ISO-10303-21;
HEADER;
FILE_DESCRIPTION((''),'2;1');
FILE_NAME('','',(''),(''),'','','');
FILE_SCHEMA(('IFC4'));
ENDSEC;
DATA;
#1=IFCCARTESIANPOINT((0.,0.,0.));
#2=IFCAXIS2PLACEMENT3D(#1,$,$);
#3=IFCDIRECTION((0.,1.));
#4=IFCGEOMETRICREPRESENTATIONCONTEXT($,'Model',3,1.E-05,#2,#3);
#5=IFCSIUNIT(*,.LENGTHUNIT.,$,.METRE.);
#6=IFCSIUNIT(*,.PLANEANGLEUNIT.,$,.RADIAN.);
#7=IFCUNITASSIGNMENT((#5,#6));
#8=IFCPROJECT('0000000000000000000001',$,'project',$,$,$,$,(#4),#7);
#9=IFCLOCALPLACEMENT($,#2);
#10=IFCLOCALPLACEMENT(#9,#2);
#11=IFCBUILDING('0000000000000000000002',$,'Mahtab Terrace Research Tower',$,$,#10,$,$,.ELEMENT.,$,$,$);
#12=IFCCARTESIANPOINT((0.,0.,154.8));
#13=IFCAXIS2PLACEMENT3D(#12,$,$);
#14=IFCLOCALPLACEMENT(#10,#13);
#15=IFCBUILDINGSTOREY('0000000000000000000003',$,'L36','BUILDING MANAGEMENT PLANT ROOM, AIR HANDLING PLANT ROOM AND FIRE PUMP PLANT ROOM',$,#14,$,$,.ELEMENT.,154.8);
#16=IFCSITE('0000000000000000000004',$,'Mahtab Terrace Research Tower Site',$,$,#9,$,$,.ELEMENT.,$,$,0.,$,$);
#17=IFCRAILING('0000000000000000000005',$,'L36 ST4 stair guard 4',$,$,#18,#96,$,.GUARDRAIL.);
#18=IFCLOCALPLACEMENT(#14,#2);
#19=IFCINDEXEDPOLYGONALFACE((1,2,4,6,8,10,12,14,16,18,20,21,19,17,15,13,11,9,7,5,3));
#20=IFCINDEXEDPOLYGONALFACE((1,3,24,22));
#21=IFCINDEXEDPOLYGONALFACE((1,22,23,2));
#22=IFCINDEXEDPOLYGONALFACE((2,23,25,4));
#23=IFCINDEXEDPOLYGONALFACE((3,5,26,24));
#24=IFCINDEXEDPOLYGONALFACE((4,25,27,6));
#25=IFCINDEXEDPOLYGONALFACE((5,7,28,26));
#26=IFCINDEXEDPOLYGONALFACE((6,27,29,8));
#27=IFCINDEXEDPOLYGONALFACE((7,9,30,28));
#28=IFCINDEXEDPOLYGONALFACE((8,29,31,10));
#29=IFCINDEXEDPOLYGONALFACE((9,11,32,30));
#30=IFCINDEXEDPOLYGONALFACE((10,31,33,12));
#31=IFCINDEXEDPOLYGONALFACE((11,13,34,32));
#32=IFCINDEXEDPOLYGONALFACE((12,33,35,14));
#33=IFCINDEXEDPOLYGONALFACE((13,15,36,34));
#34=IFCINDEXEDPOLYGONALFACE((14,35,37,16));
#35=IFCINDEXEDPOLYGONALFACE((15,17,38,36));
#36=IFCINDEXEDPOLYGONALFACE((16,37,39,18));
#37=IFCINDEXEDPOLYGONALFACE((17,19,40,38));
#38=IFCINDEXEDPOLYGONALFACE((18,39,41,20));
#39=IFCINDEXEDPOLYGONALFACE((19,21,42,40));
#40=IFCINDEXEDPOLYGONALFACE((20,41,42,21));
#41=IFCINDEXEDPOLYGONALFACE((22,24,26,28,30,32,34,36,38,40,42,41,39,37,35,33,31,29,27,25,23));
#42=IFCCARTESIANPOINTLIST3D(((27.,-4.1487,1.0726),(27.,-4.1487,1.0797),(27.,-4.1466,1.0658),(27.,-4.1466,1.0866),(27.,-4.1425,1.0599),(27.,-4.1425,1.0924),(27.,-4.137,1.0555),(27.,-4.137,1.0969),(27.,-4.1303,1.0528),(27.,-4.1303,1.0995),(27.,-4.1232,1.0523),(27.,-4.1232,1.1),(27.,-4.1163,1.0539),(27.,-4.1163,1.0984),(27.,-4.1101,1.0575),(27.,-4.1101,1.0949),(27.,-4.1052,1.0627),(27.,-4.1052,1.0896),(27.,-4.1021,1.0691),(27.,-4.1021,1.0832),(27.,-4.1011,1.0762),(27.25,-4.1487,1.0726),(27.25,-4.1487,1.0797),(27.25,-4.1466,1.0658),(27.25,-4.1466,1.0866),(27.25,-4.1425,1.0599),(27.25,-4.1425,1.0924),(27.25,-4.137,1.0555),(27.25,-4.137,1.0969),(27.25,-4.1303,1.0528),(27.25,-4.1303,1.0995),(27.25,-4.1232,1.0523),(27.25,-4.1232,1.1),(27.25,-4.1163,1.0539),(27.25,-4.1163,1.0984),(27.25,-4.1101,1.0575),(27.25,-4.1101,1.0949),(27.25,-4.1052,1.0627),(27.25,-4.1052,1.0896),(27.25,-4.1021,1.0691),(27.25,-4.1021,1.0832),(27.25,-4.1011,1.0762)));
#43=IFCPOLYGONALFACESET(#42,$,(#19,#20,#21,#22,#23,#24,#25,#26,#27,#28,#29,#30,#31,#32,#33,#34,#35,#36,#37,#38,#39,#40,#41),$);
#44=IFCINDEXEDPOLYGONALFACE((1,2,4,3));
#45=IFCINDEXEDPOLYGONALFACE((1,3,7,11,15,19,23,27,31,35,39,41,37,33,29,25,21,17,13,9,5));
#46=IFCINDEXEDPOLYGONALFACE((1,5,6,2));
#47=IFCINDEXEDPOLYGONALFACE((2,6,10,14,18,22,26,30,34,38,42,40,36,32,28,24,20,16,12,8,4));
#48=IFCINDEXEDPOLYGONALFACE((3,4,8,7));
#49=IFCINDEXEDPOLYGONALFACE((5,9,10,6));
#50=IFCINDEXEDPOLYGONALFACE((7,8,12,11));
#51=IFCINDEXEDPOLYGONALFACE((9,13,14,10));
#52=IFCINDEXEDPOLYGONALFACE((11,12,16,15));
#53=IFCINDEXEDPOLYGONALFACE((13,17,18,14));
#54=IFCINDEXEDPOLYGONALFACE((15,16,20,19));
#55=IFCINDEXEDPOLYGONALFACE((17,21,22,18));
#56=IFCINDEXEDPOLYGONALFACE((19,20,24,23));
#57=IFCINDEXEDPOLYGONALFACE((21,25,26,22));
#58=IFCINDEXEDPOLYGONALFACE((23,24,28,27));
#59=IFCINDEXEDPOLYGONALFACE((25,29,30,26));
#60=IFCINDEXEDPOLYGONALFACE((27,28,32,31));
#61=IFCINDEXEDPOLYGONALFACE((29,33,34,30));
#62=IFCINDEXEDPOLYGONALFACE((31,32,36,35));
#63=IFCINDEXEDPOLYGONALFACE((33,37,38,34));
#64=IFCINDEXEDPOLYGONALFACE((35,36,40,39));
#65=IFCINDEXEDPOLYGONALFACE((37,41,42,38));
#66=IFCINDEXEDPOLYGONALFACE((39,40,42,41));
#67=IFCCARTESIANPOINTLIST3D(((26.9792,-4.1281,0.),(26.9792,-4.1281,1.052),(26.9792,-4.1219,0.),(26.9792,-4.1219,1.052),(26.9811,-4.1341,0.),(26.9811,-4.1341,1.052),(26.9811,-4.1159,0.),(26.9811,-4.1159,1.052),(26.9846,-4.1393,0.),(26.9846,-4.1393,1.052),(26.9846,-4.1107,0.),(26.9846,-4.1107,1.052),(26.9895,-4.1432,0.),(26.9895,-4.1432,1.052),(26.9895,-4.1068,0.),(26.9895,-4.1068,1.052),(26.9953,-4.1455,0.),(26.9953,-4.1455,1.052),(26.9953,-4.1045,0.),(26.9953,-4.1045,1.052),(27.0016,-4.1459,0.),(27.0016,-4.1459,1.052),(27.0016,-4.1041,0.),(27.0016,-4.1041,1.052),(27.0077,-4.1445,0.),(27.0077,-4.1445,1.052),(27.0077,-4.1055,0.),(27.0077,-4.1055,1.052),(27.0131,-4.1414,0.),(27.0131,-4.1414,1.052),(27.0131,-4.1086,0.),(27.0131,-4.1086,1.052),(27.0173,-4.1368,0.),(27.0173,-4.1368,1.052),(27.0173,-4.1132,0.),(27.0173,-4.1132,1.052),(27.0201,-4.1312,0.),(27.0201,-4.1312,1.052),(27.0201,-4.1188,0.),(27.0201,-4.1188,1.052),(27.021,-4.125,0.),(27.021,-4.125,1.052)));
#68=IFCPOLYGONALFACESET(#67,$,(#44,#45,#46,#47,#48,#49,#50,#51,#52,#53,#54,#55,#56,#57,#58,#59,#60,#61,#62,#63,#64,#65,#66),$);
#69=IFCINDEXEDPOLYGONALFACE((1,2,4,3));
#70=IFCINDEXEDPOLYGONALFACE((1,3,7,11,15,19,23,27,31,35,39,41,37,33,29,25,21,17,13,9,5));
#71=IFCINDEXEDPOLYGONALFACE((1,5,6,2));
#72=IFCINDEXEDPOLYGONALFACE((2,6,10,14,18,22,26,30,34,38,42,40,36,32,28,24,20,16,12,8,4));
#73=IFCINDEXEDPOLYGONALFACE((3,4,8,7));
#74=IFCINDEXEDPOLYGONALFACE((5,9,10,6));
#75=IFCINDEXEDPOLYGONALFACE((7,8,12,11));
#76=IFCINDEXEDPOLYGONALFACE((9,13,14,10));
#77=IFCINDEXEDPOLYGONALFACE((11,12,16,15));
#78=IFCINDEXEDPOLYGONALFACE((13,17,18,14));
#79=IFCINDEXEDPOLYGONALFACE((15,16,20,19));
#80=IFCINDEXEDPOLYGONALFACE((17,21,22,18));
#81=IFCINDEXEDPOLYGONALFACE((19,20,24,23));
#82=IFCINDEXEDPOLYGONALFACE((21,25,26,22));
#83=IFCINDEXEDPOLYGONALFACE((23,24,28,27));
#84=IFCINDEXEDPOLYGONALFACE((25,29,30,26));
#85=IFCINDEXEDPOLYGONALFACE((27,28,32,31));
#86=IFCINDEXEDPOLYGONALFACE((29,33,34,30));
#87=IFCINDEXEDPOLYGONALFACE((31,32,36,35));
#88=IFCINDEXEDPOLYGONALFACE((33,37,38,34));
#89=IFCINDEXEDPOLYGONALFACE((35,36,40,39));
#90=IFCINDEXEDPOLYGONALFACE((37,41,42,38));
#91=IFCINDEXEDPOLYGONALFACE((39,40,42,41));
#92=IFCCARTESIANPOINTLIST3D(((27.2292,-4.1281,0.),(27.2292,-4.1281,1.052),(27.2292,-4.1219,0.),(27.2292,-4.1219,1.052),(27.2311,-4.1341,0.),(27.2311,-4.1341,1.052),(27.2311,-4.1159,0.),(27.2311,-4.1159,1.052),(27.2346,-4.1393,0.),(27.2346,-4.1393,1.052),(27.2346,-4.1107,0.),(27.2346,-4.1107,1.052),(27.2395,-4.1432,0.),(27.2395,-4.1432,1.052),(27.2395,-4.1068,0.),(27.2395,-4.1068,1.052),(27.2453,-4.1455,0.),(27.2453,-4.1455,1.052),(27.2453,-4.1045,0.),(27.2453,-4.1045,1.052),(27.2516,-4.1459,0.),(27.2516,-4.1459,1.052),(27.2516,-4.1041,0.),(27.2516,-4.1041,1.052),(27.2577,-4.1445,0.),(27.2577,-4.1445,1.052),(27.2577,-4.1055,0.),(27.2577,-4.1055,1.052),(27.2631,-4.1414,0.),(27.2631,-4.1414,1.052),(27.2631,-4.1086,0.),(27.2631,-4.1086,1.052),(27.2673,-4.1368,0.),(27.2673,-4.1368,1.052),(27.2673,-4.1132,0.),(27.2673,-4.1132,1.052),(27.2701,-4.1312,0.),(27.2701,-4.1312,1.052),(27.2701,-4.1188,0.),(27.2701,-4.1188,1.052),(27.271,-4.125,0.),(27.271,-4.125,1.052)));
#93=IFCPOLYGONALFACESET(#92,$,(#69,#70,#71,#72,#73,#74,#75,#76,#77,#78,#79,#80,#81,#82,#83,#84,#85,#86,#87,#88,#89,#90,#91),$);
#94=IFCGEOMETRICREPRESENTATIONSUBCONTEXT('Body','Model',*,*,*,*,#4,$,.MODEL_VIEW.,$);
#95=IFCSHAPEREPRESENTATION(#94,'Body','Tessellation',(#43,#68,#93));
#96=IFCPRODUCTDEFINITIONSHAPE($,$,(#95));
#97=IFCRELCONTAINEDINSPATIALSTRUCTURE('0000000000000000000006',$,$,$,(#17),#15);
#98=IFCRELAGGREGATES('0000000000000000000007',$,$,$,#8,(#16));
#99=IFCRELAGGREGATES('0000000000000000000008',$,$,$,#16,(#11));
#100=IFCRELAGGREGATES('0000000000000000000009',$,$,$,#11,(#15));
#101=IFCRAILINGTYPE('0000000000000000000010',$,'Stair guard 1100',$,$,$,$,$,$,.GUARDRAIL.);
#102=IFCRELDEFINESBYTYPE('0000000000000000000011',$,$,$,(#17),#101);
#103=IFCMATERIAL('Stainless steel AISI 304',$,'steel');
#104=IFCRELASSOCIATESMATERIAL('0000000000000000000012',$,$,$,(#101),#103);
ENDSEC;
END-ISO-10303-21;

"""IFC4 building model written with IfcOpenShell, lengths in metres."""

from ifc_helpers import new_model, si_unit, direction, frame, origin, origin_2d, place, context, subcontext, project, spatial, circle, extrude, material, type_object, element, save


model = new_model("IFC4")

# Units and contexts
model_context = context("Model", 3, precision=1e-05, world=origin(), true_north=direction((0.0, 1.0)))
body_context = subcontext(model_context, "Body", "Model", "MODEL_VIEW")
ifc_project = project(units=[si_unit("LENGTHUNIT", "METRE"), si_unit("PLANEANGLEUNIT", "RADIAN")], contexts=[model_context])

# Site, building, storey
site_placement = place(None, origin())
site = spatial("IfcSite", under=ifc_project, at=site_placement, Name="Mahtab Terrace Research Tower Site", CompositionType="ELEMENT", RefElevation=0.0)
building_placement = place(site_placement, origin())
building = spatial("IfcBuilding", under=site, at=building_placement, Name="Mahtab Terrace Research Tower", CompositionType="ELEMENT")
storey_placement = place(building_placement, frame((0.0, 0.0, 154.8)))
storey = spatial("IfcBuildingStorey", under=building, at=storey_placement, Name="L36", Description="BUILDING MANAGEMENT PLANT ROOM, AIR HANDLING PLANT ROOM AND FIRE PUMP PLANT ROOM", CompositionType="ELEMENT", Elevation=154.8)

# Railing
ifc_material_1 = material(Name="Stainless steel AISI 304", Category="steel")
railing_type_1 = type_object("IfcRailingType", Name="Stair guard 1100", PredefinedType="GUARDRAIL", material=ifc_material_1)
railing_1_placement = place(storey_placement, frame((27.0, -4.125, 0.0)))
element("IfcRailing", 1, at=railing_1_placement, inside=storey, type_object=railing_type_1, Name="L36 ST4 stair guard 4", PredefinedType="GUARDRAIL", context=body_context, shape_type="SweptSolid", body=[
    extrude(circle(Radius=0.0239, at=origin_2d()), frame((0.0, 0.0, 1.0762), z_axis=(1.0, 0.0, 0.0), x_axis=(0.0, 1.0, 0.0)), (0.0, 0.0, 1.0), 0.25),
    extrude(circle(Radius=0.021, at=origin_2d()), origin(), (0.0, 0.0, 1.0), 1.052),
    extrude(circle(Radius=0.021, at=origin_2d()), frame((0.25, 0.0, 0.0)), (0.0, 0.0, 1.0), 1.052),
])

save(model, "model.ifc")
